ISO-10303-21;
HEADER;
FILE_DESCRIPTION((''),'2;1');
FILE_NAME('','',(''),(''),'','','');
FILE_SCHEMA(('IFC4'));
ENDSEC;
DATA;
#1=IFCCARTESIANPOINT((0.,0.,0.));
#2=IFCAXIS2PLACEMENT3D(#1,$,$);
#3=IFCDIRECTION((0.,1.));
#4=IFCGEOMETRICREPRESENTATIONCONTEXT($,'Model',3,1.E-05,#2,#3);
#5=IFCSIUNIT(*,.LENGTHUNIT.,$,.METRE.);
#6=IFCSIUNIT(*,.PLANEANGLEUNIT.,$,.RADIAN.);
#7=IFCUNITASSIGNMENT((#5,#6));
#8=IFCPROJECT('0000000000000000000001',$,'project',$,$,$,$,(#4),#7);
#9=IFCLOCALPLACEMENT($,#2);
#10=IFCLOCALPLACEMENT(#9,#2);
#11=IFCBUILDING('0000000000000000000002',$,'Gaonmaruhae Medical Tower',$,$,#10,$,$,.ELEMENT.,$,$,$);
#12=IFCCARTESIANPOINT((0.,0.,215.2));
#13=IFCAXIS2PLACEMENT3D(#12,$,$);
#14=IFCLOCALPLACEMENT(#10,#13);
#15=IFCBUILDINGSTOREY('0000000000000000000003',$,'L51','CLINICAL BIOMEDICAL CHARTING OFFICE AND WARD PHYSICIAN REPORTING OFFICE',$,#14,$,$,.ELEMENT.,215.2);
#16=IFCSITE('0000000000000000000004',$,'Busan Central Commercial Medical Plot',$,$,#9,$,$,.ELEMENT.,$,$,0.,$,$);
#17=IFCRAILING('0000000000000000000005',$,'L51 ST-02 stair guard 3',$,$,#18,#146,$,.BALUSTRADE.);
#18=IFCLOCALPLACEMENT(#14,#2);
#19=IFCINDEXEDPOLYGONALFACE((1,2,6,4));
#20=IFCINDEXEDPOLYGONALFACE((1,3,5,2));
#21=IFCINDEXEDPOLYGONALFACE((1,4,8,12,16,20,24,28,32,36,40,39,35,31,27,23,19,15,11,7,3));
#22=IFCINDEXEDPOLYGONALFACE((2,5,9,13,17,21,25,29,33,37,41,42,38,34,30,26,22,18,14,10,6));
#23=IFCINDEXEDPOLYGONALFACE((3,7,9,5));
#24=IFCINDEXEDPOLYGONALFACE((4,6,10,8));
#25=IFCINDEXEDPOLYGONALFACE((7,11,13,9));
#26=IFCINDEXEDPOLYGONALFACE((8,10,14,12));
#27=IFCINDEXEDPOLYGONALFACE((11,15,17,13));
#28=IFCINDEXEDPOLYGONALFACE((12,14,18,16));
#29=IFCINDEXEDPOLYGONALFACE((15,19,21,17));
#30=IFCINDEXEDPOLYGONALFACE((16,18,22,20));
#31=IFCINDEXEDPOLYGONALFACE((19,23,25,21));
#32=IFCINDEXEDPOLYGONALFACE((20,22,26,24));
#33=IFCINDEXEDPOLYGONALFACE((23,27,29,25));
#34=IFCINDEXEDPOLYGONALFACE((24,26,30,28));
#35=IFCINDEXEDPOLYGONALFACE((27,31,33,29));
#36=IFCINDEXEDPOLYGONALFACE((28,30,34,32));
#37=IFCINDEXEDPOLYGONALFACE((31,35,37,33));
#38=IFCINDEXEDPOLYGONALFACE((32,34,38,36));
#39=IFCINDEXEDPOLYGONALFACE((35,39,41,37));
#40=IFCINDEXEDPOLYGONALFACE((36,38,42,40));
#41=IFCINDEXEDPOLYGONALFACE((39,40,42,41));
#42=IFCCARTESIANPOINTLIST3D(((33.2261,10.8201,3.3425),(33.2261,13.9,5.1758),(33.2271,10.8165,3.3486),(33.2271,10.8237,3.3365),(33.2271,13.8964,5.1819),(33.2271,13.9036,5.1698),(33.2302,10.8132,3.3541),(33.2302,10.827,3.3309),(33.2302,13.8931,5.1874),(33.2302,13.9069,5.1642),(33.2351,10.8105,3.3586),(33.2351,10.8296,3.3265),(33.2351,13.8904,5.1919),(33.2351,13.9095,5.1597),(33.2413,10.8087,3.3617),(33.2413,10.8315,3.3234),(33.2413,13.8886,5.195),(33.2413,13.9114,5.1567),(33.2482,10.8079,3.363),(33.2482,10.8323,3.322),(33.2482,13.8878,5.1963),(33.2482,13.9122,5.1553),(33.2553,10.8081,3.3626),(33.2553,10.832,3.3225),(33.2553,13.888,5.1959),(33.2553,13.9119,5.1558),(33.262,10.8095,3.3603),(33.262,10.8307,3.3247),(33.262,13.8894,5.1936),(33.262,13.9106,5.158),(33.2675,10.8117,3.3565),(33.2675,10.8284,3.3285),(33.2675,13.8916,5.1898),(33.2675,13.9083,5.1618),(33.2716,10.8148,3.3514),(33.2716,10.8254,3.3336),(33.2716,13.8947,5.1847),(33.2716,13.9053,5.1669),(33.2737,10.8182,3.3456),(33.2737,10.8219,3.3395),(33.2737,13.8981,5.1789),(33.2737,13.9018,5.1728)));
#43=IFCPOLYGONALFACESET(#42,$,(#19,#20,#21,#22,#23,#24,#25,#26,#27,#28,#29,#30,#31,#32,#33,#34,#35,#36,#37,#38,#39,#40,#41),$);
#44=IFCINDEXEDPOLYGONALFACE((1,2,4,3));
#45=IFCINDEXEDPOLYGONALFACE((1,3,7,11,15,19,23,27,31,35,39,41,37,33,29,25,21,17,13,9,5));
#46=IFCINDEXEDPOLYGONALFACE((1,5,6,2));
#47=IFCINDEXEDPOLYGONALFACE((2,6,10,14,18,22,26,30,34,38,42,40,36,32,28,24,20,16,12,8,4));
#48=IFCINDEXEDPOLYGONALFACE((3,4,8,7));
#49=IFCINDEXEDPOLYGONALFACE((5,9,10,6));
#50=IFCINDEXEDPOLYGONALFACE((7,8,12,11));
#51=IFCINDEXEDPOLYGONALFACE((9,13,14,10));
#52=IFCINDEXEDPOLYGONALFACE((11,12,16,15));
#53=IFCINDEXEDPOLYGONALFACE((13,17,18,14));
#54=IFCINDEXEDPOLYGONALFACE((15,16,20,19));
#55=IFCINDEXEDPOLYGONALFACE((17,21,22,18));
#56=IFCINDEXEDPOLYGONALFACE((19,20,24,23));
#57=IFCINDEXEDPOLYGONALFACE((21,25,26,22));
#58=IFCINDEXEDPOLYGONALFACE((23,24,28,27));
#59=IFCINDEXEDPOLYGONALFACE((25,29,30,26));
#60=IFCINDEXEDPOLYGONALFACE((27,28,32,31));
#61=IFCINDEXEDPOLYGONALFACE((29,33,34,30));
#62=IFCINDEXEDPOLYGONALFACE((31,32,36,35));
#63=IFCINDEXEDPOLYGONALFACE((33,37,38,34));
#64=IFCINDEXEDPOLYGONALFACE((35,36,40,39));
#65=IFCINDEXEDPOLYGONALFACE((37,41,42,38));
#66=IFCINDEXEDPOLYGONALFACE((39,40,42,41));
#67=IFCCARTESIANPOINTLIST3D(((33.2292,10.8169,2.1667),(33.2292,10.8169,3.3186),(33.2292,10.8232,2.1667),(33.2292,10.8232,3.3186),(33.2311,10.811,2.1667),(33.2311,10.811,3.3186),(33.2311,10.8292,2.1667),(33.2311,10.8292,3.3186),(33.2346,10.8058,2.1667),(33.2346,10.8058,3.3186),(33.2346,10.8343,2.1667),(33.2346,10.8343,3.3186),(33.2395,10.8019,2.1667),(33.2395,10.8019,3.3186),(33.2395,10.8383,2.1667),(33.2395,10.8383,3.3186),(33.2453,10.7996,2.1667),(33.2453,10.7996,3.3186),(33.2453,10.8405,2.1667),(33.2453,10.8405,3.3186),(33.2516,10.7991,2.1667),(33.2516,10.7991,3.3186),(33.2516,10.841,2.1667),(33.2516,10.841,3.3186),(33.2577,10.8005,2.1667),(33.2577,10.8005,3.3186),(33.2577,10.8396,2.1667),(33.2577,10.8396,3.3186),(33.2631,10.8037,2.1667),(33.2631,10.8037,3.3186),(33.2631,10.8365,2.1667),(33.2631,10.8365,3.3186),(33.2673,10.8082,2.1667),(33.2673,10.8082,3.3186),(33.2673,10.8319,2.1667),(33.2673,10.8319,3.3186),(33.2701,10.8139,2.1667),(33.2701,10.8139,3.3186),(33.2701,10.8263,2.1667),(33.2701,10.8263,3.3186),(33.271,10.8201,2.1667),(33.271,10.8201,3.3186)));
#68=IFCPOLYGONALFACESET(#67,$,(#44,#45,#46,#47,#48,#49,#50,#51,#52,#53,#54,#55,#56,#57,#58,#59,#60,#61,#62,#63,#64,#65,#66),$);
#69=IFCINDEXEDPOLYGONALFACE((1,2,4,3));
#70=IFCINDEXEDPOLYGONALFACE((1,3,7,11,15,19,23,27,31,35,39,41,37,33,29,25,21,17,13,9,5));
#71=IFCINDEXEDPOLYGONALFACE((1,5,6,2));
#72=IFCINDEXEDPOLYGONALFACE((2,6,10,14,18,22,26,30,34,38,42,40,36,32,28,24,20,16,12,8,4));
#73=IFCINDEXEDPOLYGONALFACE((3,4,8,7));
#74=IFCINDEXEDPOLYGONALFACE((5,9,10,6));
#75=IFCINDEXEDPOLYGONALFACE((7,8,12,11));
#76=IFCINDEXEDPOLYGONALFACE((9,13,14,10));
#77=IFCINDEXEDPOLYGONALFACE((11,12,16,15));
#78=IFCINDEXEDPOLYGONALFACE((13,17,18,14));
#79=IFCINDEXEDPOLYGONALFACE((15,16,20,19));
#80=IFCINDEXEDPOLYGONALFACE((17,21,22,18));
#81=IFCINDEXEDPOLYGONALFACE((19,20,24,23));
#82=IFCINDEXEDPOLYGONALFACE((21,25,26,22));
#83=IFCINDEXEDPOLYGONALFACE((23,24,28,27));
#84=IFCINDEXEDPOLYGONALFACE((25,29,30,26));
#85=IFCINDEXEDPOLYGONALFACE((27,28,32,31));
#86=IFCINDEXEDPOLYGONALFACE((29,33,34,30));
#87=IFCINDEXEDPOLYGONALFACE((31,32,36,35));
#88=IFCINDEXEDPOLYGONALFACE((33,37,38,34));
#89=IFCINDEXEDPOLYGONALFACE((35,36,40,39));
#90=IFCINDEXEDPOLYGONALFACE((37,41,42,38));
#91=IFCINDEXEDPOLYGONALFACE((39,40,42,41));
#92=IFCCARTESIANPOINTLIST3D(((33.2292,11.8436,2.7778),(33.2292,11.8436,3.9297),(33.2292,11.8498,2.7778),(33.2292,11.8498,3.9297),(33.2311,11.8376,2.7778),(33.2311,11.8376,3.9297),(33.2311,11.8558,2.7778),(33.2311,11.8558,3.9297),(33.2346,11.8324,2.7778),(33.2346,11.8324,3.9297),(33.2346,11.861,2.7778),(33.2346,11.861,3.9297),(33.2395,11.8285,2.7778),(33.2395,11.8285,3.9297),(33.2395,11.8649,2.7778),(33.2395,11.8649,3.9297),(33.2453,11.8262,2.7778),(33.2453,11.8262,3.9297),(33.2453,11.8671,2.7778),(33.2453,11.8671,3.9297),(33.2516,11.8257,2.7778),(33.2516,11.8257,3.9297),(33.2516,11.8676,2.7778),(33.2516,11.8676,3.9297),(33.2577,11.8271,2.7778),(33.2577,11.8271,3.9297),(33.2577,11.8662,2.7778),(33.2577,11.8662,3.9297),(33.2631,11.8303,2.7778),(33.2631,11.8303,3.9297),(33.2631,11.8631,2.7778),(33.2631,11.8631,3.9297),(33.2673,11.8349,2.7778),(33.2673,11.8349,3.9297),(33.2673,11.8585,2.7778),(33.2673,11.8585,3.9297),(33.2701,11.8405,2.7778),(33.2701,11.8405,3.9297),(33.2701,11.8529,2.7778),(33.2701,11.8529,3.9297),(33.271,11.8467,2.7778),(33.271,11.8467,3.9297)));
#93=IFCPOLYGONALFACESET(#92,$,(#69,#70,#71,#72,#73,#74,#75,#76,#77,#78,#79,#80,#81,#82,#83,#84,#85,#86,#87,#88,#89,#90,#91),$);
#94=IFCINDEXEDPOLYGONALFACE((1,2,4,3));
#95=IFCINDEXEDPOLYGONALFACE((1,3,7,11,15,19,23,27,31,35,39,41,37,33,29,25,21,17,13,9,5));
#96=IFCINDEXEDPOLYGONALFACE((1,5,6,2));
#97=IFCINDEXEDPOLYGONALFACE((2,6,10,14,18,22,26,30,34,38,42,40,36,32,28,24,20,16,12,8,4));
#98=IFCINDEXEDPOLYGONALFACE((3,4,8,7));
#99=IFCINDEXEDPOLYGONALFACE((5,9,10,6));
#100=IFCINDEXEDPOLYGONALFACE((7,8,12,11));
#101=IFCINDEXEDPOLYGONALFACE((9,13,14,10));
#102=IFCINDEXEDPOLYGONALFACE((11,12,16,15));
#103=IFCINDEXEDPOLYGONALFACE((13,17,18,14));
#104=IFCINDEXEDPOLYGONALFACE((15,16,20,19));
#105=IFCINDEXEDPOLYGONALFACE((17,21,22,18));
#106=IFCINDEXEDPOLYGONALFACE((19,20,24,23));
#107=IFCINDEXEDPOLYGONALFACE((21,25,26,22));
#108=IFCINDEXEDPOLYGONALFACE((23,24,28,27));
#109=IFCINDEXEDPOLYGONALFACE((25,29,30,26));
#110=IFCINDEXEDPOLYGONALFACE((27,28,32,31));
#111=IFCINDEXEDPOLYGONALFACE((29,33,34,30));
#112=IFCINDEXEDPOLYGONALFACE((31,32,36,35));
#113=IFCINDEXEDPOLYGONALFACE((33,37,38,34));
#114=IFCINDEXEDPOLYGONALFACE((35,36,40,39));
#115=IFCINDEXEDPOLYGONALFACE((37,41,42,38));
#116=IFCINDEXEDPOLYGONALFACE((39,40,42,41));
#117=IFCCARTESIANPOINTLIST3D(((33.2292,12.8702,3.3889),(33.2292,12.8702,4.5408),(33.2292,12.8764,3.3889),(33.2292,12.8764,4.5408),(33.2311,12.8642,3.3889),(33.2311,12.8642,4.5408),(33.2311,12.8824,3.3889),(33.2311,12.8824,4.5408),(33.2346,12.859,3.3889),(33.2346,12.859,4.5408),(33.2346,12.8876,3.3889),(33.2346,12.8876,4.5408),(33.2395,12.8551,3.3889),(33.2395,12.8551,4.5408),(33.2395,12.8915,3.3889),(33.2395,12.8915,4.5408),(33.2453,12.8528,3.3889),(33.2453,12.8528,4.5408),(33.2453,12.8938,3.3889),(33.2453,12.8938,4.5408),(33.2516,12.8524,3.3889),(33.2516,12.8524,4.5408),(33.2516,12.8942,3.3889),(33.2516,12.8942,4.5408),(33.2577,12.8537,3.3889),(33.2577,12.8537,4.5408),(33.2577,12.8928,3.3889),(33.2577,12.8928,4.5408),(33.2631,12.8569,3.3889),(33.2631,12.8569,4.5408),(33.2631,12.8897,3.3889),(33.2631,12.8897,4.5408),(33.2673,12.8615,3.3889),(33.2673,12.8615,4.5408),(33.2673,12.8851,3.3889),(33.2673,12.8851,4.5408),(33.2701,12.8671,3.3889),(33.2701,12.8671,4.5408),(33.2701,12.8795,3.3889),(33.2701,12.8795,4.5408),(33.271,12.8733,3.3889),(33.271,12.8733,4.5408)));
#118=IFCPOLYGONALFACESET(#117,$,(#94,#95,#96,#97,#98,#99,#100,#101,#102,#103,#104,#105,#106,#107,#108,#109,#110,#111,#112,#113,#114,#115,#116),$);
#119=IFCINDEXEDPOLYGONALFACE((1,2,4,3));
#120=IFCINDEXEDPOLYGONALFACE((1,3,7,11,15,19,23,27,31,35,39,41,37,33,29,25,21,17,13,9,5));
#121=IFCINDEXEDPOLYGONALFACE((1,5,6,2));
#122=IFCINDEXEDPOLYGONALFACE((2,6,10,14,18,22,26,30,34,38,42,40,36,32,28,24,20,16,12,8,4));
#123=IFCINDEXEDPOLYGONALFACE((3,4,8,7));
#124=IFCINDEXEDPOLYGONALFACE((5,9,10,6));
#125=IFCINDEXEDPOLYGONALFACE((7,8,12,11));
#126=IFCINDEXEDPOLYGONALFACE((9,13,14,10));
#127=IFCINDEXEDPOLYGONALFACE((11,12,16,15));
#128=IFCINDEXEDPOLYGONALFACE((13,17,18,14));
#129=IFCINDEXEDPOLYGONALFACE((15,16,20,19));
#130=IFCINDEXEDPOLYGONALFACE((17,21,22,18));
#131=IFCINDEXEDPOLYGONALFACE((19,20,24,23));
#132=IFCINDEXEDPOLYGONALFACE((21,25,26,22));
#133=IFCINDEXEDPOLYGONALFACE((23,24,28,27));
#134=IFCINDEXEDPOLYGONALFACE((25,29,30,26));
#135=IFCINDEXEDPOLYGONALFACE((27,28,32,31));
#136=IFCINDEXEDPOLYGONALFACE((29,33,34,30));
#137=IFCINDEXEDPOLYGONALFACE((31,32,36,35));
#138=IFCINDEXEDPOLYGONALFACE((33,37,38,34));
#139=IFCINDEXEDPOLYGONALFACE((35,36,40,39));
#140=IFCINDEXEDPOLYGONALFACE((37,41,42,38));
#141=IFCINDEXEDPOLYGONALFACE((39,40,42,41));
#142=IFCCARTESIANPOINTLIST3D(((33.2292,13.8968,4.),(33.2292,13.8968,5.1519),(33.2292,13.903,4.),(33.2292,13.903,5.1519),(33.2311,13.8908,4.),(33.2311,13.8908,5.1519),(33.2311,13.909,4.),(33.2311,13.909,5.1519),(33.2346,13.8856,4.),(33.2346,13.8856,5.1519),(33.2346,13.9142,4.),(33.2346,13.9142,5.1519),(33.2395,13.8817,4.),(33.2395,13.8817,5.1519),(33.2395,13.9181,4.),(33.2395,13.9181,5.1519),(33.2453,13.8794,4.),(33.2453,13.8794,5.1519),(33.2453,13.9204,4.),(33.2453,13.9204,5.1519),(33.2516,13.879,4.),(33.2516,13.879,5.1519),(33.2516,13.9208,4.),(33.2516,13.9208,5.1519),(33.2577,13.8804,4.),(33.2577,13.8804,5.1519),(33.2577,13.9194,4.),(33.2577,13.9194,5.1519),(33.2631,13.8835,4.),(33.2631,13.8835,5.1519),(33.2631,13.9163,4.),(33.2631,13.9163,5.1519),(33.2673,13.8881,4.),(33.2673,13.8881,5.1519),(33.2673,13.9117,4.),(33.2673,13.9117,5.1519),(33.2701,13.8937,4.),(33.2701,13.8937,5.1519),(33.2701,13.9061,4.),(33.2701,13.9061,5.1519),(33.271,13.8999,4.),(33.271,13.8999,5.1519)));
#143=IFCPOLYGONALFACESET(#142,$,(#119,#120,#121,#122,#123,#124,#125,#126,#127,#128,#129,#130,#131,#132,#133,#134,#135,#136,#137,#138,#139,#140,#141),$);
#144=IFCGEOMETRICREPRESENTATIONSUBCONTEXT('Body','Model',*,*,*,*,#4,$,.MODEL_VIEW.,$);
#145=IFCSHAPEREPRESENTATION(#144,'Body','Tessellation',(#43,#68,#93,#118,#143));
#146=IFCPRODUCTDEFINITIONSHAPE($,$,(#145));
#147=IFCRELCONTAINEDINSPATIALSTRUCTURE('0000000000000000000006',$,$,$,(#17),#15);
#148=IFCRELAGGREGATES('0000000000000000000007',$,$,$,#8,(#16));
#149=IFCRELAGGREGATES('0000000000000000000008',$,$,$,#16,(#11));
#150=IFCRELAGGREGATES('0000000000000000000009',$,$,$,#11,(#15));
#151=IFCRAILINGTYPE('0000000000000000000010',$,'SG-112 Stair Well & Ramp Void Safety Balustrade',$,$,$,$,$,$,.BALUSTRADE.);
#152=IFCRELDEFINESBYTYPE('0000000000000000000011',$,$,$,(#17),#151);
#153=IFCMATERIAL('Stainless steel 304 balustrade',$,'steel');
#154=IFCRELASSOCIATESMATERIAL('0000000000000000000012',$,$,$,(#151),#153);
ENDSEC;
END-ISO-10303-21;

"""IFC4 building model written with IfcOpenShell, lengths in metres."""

from ifc_helpers import new_model, si_unit, direction, frame, origin, origin_2d, place, context, subcontext, project, spatial, circle, extrude, material, type_object, element, save


model = new_model("IFC4")

# Units and contexts
model_context = context("Model", 3, precision=1e-05, world=origin(), true_north=direction((0.0, 1.0)))
body_context = subcontext(model_context, "Body", "Model", "MODEL_VIEW")
ifc_project = project(units=[si_unit("LENGTHUNIT", "METRE"), si_unit("PLANEANGLEUNIT", "RADIAN")], contexts=[model_context])

# Site, building, storey
site_placement = place(None, origin())
site = spatial("IfcSite", under=ifc_project, at=site_placement, Name="Busan Central Commercial Medical Plot", CompositionType="ELEMENT", RefElevation=0.0)
building_placement = place(site_placement, origin())
building = spatial("IfcBuilding", under=site, at=building_placement, Name="Gaonmaruhae Medical Tower", CompositionType="ELEMENT")
storey_placement = place(building_placement, frame((0.0, 0.0, 215.2)))
storey = spatial("IfcBuildingStorey", under=building, at=storey_placement, Name="L51", Description="CLINICAL BIOMEDICAL CHARTING OFFICE AND WARD PHYSICIAN REPORTING OFFICE", CompositionType="ELEMENT", Elevation=215.2)

# Railing
ifc_material_1 = material(Name="Stainless steel 304 balustrade", Category="steel")
railing_type_1 = type_object("IfcRailingType", Name="SG-112 Stair Well & Ramp Void Safety Balustrade", PredefinedType="BALUSTRADE", material=ifc_material_1)
railing_1_placement = place(storey_placement, frame((33.25, 10.8201, 2.1667)))
element("IfcRailing", 1, at=railing_1_placement, inside=storey, type_object=railing_type_1, Name="L51 ST-02 stair guard 3", PredefinedType="BALUSTRADE", context=body_context, shape_type="SweptSolid", body=[
    extrude(circle(Radius=0.0239, at=origin_2d()), frame((0.0, 0.0, 1.1758), z_axis=(0.0, 0.859291, 0.511487), x_axis=(-1.0, 0.0, 0.0)), (0.0, 0.0, 1.0), 3.5842),
    extrude(circle(Radius=0.021, at=origin_2d()), origin(), (0.0, 0.0, 1.0), 1.1519),
    extrude(circle(Radius=0.021, at=origin_2d()), frame((0.0, 1.0266, 0.6111)), (0.0, 0.0, 1.0), 1.1519),
    extrude(circle(Radius=0.021, at=origin_2d()), frame((0.0, 2.0532, 1.2222)), (0.0, 0.0, 1.0), 1.1519),
    extrude(circle(Radius=0.021, at=origin_2d()), frame((0.0, 3.0798, 1.8333)), (0.0, 0.0, 1.0), 1.1519),
])

save(model, "model.ifc")
